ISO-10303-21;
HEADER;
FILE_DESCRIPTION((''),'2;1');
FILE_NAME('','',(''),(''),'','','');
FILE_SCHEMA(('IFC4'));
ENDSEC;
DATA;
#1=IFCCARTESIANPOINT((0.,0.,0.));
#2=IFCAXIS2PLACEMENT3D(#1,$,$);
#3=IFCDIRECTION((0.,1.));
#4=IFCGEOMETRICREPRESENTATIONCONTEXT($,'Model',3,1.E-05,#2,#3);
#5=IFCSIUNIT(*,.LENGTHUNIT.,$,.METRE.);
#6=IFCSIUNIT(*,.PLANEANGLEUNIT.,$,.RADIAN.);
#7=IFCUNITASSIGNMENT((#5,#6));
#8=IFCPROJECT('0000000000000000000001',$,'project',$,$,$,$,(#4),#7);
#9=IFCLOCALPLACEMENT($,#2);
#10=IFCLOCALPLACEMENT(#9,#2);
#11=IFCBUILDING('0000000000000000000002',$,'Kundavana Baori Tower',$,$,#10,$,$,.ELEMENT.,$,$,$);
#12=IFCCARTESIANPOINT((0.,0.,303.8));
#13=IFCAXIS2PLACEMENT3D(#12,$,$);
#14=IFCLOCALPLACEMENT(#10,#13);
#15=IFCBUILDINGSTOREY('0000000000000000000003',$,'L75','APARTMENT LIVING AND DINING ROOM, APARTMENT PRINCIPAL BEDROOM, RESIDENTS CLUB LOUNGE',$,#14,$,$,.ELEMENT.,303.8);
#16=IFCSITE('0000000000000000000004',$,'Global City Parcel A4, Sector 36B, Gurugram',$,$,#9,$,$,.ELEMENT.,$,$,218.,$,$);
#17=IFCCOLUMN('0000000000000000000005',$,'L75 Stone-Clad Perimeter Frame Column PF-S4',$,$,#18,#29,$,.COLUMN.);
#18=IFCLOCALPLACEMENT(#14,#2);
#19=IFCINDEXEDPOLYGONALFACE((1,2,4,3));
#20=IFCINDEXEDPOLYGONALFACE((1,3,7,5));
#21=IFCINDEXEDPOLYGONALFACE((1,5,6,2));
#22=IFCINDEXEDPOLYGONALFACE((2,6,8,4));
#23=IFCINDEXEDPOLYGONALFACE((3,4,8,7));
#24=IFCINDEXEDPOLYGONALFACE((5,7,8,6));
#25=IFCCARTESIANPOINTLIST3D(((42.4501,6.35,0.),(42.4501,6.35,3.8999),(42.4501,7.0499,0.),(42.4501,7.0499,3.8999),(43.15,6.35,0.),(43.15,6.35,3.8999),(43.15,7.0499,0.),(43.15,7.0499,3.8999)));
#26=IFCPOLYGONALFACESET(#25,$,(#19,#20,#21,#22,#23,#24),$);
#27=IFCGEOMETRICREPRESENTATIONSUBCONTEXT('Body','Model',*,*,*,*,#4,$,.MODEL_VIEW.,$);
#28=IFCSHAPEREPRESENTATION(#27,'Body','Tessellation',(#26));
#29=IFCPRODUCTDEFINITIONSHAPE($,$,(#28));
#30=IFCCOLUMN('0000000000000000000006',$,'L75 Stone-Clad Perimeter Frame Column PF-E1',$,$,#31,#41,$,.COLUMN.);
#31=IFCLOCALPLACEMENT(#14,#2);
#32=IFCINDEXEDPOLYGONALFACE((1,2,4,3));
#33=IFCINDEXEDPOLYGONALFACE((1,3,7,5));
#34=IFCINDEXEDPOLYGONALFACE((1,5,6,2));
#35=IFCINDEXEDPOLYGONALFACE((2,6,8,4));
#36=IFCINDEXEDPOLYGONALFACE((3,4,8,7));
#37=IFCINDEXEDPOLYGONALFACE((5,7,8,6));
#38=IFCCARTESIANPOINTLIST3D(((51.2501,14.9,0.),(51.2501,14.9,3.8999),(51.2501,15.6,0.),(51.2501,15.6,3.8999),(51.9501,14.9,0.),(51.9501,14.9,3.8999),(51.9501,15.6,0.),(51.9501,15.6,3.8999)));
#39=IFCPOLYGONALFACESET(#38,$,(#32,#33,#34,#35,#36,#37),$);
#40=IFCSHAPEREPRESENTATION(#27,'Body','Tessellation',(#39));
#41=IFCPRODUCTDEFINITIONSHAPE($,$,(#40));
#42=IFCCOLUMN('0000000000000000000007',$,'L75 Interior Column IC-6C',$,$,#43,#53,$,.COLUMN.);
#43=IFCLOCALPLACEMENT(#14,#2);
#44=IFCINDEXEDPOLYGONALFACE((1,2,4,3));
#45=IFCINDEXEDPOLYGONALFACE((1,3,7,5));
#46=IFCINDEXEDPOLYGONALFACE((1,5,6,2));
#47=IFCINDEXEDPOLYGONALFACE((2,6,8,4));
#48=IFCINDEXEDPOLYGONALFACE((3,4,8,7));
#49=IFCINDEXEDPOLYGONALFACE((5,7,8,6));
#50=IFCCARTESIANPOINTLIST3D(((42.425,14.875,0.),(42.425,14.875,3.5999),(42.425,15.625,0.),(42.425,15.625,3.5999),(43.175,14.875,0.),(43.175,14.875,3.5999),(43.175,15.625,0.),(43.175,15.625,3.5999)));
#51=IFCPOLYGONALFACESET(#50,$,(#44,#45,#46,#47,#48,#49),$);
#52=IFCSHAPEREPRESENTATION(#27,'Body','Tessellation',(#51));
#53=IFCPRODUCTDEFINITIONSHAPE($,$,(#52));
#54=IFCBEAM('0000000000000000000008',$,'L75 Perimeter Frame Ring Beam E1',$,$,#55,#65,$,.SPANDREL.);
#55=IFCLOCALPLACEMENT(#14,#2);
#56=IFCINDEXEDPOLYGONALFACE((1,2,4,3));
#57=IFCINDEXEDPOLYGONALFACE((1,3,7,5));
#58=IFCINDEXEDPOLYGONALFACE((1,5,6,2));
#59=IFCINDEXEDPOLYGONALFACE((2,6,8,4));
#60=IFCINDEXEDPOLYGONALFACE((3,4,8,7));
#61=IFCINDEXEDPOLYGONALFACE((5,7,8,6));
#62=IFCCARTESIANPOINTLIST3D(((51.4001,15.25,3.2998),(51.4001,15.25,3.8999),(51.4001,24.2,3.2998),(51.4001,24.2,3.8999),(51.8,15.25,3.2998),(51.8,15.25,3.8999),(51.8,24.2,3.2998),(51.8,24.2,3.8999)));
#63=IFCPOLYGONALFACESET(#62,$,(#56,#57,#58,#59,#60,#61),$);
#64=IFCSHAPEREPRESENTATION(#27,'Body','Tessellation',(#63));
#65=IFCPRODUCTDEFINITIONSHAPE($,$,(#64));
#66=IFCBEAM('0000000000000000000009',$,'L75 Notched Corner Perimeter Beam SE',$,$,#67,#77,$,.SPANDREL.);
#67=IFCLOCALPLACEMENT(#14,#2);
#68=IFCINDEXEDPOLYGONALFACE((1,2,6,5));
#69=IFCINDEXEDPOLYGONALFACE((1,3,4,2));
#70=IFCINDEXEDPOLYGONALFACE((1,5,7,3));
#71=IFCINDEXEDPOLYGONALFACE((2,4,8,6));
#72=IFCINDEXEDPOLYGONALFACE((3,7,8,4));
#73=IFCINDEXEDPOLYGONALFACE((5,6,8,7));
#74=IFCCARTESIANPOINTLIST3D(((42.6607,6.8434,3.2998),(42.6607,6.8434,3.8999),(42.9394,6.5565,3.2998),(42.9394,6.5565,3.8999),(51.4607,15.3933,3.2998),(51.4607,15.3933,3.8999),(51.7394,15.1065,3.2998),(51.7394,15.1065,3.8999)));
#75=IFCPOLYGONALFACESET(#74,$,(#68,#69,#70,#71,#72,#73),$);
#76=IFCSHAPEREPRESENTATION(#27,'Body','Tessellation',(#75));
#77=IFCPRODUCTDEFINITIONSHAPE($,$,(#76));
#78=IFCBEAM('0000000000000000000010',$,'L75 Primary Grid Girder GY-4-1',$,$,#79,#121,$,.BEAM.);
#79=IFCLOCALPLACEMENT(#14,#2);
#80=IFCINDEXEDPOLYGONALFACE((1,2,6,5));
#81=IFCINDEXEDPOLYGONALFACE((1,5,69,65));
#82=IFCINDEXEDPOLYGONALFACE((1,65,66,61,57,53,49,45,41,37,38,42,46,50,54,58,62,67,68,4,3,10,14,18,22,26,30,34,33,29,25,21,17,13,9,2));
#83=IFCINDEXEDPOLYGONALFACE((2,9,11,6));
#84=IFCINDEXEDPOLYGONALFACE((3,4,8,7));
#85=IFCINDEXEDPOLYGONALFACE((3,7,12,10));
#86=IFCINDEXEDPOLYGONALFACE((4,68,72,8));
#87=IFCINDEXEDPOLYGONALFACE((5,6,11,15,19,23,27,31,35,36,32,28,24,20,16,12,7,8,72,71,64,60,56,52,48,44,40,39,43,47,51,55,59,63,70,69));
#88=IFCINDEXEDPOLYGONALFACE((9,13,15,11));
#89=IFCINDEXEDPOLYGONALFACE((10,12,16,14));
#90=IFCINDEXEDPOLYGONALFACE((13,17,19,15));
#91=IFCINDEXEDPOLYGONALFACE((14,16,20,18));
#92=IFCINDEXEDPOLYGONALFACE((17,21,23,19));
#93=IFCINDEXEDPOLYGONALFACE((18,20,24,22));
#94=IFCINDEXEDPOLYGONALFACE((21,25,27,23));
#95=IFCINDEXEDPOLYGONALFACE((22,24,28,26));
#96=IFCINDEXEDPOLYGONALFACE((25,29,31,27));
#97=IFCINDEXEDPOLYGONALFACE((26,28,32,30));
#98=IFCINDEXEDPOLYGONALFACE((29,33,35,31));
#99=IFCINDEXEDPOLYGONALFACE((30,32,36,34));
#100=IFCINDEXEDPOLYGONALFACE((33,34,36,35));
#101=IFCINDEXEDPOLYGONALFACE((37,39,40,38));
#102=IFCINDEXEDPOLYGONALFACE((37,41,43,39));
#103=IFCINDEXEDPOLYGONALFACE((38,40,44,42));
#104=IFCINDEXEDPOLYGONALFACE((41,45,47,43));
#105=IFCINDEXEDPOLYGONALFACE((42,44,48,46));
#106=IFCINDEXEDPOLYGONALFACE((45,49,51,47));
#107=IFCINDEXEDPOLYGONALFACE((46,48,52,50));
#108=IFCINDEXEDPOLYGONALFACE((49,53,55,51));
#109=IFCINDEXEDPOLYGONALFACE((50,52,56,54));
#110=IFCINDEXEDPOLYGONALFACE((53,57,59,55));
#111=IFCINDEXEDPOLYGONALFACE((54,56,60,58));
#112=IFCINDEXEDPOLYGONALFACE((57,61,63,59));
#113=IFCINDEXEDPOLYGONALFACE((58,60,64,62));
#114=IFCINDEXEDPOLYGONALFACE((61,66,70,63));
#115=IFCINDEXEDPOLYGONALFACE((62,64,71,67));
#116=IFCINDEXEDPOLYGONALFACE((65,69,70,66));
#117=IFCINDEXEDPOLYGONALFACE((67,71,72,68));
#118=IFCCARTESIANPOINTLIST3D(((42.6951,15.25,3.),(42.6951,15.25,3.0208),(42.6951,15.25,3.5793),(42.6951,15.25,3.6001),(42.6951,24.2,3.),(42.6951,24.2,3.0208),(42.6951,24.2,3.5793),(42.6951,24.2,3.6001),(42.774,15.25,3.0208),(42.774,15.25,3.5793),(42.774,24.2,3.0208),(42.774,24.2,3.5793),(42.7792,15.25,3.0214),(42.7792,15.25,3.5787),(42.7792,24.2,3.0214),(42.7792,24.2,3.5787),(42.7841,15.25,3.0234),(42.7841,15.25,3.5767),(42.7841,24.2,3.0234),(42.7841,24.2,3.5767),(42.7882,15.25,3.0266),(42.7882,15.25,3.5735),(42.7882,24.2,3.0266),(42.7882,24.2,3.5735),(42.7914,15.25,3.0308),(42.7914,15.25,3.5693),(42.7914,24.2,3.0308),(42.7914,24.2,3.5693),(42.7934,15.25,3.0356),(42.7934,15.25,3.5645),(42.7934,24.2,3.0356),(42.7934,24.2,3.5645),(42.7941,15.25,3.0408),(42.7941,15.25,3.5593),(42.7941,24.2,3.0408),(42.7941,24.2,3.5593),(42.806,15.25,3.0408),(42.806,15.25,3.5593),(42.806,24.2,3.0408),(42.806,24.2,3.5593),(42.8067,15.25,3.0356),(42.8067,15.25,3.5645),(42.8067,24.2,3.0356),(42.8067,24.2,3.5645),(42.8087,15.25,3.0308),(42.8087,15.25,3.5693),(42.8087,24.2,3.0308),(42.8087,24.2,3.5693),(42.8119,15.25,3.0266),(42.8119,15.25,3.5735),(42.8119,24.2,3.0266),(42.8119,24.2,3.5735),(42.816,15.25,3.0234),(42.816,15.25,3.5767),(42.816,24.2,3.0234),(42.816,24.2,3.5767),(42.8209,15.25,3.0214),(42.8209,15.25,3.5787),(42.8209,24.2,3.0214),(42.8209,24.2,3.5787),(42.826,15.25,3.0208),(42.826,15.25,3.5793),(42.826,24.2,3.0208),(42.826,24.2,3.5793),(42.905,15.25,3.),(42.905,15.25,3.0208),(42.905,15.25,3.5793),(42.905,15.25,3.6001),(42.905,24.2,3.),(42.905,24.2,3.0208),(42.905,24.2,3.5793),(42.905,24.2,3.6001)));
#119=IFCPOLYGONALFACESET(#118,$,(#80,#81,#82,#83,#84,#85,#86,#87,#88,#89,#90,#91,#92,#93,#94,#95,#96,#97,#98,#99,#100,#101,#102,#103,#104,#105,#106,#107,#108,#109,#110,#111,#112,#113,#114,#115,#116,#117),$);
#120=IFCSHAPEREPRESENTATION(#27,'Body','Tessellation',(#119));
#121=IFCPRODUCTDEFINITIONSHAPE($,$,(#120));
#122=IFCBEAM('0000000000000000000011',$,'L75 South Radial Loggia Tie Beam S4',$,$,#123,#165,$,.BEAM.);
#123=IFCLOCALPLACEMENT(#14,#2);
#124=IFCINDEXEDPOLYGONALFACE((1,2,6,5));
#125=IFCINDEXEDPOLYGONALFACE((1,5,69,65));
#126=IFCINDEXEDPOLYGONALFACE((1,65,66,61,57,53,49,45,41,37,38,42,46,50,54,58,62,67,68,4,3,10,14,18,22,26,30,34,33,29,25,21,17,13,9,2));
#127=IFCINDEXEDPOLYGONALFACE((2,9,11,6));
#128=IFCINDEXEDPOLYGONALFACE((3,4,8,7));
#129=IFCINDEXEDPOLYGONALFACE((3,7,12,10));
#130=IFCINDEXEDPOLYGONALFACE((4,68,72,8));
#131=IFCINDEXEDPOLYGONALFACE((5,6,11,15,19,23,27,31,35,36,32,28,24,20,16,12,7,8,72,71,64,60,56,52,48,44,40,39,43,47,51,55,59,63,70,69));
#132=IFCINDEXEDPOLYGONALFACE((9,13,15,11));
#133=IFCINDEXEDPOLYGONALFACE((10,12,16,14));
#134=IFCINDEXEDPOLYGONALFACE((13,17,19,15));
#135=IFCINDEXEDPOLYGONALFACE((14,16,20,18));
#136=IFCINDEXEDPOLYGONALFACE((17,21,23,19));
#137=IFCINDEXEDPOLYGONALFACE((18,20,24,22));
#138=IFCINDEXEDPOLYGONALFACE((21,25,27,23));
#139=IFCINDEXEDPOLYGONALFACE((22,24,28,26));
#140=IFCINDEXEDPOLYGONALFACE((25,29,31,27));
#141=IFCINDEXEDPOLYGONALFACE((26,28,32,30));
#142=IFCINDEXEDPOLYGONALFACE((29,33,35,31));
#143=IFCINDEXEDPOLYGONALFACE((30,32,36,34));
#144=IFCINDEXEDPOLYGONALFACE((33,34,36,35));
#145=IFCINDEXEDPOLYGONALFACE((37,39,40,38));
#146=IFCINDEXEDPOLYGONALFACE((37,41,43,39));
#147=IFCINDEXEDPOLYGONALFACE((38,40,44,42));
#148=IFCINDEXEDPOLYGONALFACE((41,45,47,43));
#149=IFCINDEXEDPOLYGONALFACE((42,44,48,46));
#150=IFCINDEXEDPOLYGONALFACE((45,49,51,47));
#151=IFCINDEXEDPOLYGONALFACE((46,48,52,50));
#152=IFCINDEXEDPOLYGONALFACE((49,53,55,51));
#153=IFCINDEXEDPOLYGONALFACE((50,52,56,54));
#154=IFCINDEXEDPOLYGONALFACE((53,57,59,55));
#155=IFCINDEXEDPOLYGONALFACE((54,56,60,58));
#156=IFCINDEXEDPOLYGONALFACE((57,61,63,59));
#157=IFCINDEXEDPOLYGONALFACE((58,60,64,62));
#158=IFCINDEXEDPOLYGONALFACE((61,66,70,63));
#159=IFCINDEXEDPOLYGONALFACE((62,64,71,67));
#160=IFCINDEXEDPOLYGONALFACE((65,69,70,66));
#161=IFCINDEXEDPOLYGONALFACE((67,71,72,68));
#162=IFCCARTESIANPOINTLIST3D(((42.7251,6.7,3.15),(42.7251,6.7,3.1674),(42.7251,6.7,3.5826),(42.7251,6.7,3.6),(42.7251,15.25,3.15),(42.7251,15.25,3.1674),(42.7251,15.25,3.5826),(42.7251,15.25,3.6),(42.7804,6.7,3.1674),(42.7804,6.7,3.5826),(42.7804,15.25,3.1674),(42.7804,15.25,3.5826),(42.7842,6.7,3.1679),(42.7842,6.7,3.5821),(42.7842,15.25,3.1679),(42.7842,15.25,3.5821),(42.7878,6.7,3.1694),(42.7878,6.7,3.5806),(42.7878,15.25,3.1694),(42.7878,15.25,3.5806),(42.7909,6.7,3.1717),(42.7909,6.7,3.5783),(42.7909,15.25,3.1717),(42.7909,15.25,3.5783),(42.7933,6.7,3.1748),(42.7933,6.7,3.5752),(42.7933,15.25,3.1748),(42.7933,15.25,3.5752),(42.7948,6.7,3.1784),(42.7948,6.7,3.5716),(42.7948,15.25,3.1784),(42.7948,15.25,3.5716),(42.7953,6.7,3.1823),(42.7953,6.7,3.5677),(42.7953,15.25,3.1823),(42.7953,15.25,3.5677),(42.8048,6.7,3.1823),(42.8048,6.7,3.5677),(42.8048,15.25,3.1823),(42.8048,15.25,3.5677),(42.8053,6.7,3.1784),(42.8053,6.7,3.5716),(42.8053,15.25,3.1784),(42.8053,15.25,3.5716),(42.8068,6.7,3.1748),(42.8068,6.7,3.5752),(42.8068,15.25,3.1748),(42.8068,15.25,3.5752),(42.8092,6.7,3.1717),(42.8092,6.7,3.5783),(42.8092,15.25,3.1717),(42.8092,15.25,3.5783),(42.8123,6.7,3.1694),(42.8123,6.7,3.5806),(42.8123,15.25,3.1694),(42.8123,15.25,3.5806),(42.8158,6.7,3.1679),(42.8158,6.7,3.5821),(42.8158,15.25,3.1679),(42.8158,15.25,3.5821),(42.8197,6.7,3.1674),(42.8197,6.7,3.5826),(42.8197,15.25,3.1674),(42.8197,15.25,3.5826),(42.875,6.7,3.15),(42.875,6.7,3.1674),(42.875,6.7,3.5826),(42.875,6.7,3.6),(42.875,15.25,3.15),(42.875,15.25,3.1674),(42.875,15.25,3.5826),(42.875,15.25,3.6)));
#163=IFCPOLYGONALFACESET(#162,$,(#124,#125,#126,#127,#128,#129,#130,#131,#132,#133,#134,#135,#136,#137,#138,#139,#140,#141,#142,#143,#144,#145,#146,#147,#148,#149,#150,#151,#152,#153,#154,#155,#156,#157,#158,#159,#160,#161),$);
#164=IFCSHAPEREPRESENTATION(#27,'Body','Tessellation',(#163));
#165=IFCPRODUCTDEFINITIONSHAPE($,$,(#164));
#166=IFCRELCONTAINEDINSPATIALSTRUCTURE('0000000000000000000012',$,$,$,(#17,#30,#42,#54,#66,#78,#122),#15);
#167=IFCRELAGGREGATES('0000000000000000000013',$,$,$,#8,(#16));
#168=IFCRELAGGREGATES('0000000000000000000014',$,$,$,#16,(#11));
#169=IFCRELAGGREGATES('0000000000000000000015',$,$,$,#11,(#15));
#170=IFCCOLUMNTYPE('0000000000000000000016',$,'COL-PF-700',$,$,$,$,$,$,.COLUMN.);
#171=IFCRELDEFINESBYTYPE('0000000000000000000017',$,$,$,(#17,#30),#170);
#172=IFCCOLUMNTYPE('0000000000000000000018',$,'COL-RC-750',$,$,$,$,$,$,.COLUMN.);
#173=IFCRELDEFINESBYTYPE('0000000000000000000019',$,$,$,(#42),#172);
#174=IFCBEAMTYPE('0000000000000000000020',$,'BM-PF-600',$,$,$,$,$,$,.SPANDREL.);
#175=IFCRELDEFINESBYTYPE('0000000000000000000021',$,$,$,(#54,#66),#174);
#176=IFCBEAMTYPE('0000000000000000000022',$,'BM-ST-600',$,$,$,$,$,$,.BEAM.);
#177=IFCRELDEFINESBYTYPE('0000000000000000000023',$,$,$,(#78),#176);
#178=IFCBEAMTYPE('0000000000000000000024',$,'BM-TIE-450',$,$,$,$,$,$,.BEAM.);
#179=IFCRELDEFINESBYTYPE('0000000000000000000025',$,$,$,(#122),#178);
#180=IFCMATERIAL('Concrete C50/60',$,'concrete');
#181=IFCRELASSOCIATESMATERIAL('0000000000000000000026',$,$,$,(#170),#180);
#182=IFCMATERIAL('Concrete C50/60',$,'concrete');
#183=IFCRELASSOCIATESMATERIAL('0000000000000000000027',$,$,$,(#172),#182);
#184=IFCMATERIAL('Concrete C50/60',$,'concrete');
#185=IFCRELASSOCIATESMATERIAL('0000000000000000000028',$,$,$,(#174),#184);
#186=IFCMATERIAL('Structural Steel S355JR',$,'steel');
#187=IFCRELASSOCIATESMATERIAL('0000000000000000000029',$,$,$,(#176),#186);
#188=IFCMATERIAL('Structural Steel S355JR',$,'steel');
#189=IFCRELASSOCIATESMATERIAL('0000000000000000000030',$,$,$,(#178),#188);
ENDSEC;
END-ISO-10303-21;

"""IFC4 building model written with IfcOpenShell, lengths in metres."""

from ifc_helpers import new_model, si_unit, direction, frame, origin, origin_2d, place, context, subcontext, project, spatial, rectangle, i_section, extrude, material, material_profile, profile_set, type_object, element, save


model = new_model("IFC4")

# Units and contexts
model_context = context("Model", 3, precision=1e-05, world=origin(), true_north=direction((0.0, 1.0)))
body_context = subcontext(model_context, "Body", "Model", "MODEL_VIEW")
ifc_project = project(units=[si_unit("LENGTHUNIT", "METRE"), si_unit("PLANEANGLEUNIT", "RADIAN")], contexts=[model_context])

# Site, building, storey
site_placement = place(None, origin())
site = spatial("IfcSite", under=ifc_project, at=site_placement, Name="Global City Parcel A4, Sector 36B, Gurugram", CompositionType="ELEMENT", RefElevation=218.0)
building_placement = place(site_placement, origin())
building = spatial("IfcBuilding", under=site, at=building_placement, Name="Kundavana Baori Tower", CompositionType="ELEMENT")
storey_placement = place(building_placement, frame((0.0, 0.0, 303.8)))
storey = spatial("IfcBuildingStorey", under=building, at=storey_placement, Name="L75", Description="APARTMENT LIVING AND DINING ROOM, APARTMENT PRINCIPAL BEDROOM, RESIDENTS CLUB LOUNGE", CompositionType="ELEMENT", Elevation=303.8)

# Columns
ifc_material_1 = material(Name="Concrete C50/60", Category="concrete")
ifc_material_profile_1 = material_profile(ifc_material_1, rectangle(XDim=0.7, YDim=0.7, at=origin_2d()), Name="RC PF 700x700")
ifc_profile_set_1 = profile_set([ifc_material_profile_1], Name="Concrete C50/60")
column_type_1 = type_object("IfcColumnType", Name="COL-PF-700", PredefinedType="COLUMN", material=ifc_profile_set_1)
for number, where, z_axis, x_axis, name in (
    (1, (42.8, 6.7, 0.0), (0.0, 0.0, 1.0), (1.0, 0.0, 0.0), "L75 Stone-Clad Perimeter Frame Column PF-S4"),
    (2, (51.6001, 15.25, 0.0), (0.0, 0.0, 1.0), (1.0, 0.0, 0.0), "L75 Stone-Clad Perimeter Frame Column PF-E1"),
):
    element("IfcColumn", number, at=place(storey_placement, frame(where, z_axis=z_axis, x_axis=x_axis)), inside=storey, type_object=column_type_1, Name=name, PredefinedType="COLUMN", context=body_context, shape_type="SweptSolid", body=[
        extrude(rectangle(XDim=0.7, YDim=0.7, at=origin_2d()), origin(), (0.0, 0.0, 1.0), 3.8999),
    ])
ifc_material_2 = material(Name="Concrete C50/60", Category="concrete")
ifc_material_profile_2 = material_profile(ifc_material_2, rectangle(XDim=0.75, YDim=0.75, at=origin_2d()), Name="RC 750x750")
ifc_profile_set_2 = profile_set([ifc_material_profile_2], Name="Concrete C50/60")
column_type_2 = type_object("IfcColumnType", Name="COL-RC-750", PredefinedType="COLUMN", material=ifc_profile_set_2)
column_placement = place(storey_placement, frame((42.8, 15.25, 0.0), z_axis=(0.0, 0.0, 1.0), x_axis=(1.0, 0.0, 0.0)))
element("IfcColumn", 3, at=column_placement, inside=storey, type_object=column_type_2, Name="L75 Interior Column IC-6C", PredefinedType="COLUMN", context=body_context, shape_type="SweptSolid", body=[
    extrude(rectangle(XDim=0.75, YDim=0.75, at=origin_2d()), origin(), (0.0, 0.0, 1.0), 3.5999),
])

# Beams
ifc_material_3 = material(Name="Concrete C50/60", Category="concrete")
ifc_material_profile_3 = material_profile(ifc_material_3, rectangle(XDim=0.3999, YDim=0.6001, at=origin_2d()), Name="RC BM 400x600")
ifc_profile_set_3 = profile_set([ifc_material_profile_3], Name="Concrete C50/60")
beam_type_1 = type_object("IfcBeamType", Name="BM-PF-600", PredefinedType="SPANDREL", material=ifc_profile_set_3)
beam_1_placement = place(storey_placement, frame((51.6001, 15.25, 3.5999), z_axis=(0.0, 1.0, 0.0), x_axis=(-1.0, 0.0, 0.0)))
element("IfcBeam", 4, at=beam_1_placement, inside=storey, type_object=beam_type_1, Name="L75 Perimeter Frame Ring Beam E1", PredefinedType="SPANDREL", context=body_context, shape_type="SweptSolid", body=[
    extrude(rectangle(XDim=0.3999, YDim=0.6001, at=origin_2d()), origin(), (0.0, 0.0, 1.0), 8.95),
])
beam_2_placement = place(storey_placement, frame((42.8, 6.7, 3.5999), z_axis=(0.717221, 0.696846, 0.0), x_axis=(-0.696846, 0.717221, 0.0)))
element("IfcBeam", 5, at=beam_2_placement, inside=storey, type_object=beam_type_1, Name="L75 Notched Corner Perimeter Beam SE", PredefinedType="SPANDREL", context=body_context, shape_type="SweptSolid", body=[
    extrude(rectangle(XDim=0.3999, YDim=0.6001, at=origin_2d()), origin(), (0.0, 0.0, 1.0), 12.2695),
])
ifc_material_4 = material(Name="Structural Steel S355JR", Category="steel")
ifc_material_profile_4 = material_profile(ifc_material_4, i_section(OverallWidth=0.21, OverallDepth=0.6001, WebThickness=0.012, FlangeThickness=0.0208, FilletRadius=0.02, at=origin_2d()), Name="ISMB 600")
ifc_profile_set_4 = profile_set([ifc_material_profile_4], Name="Structural Steel S355JR")
beam_type_2 = type_object("IfcBeamType", Name="BM-ST-600", PredefinedType="BEAM", material=ifc_profile_set_4)
beam_3_placement = place(storey_placement, frame((42.8, 15.25, 3.3), z_axis=(0.0, 1.0, 0.0), x_axis=(-1.0, 0.0, 0.0)))
element("IfcBeam", 6, at=beam_3_placement, inside=storey, type_object=beam_type_2, Name="L75 Primary Grid Girder GY-4-1", PredefinedType="BEAM", context=body_context, shape_type="SweptSolid", body=[
    extrude(i_section(OverallWidth=0.21, OverallDepth=0.6001, WebThickness=0.012, FlangeThickness=0.0208, FilletRadius=0.02, at=origin_2d()), origin(), (0.0, 0.0, 1.0), 8.95),
])
ifc_material_5 = material(Name="Structural Steel S355JR", Category="steel")
ifc_material_profile_5 = material_profile(ifc_material_5, i_section(OverallWidth=0.1499, OverallDepth=0.45, WebThickness=0.0095, FlangeThickness=0.0173, FilletRadius=0.0149, at=origin_2d()), Name="ISMB 450")
ifc_profile_set_5 = profile_set([ifc_material_profile_5], Name="Structural Steel S355JR")
beam_type_3 = type_object("IfcBeamType", Name="BM-TIE-450", PredefinedType="BEAM", material=ifc_profile_set_5)
beam_4_placement = place(storey_placement, frame((42.8, 15.25, 3.375), z_axis=(0.0, -1.0, 0.0), x_axis=(1.0, 0.0, 0.0)))
element("IfcBeam", 7, at=beam_4_placement, inside=storey, type_object=beam_type_3, Name="L75 South Radial Loggia Tie Beam S4", PredefinedType="BEAM", context=body_context, shape_type="SweptSolid", body=[
    extrude(i_section(OverallWidth=0.1499, OverallDepth=0.45, WebThickness=0.0095, FlangeThickness=0.0173, FilletRadius=0.0149, at=origin_2d()), origin(), (0.0, 0.0, 1.0), 8.55),
])

save(model, "model.ifc")
